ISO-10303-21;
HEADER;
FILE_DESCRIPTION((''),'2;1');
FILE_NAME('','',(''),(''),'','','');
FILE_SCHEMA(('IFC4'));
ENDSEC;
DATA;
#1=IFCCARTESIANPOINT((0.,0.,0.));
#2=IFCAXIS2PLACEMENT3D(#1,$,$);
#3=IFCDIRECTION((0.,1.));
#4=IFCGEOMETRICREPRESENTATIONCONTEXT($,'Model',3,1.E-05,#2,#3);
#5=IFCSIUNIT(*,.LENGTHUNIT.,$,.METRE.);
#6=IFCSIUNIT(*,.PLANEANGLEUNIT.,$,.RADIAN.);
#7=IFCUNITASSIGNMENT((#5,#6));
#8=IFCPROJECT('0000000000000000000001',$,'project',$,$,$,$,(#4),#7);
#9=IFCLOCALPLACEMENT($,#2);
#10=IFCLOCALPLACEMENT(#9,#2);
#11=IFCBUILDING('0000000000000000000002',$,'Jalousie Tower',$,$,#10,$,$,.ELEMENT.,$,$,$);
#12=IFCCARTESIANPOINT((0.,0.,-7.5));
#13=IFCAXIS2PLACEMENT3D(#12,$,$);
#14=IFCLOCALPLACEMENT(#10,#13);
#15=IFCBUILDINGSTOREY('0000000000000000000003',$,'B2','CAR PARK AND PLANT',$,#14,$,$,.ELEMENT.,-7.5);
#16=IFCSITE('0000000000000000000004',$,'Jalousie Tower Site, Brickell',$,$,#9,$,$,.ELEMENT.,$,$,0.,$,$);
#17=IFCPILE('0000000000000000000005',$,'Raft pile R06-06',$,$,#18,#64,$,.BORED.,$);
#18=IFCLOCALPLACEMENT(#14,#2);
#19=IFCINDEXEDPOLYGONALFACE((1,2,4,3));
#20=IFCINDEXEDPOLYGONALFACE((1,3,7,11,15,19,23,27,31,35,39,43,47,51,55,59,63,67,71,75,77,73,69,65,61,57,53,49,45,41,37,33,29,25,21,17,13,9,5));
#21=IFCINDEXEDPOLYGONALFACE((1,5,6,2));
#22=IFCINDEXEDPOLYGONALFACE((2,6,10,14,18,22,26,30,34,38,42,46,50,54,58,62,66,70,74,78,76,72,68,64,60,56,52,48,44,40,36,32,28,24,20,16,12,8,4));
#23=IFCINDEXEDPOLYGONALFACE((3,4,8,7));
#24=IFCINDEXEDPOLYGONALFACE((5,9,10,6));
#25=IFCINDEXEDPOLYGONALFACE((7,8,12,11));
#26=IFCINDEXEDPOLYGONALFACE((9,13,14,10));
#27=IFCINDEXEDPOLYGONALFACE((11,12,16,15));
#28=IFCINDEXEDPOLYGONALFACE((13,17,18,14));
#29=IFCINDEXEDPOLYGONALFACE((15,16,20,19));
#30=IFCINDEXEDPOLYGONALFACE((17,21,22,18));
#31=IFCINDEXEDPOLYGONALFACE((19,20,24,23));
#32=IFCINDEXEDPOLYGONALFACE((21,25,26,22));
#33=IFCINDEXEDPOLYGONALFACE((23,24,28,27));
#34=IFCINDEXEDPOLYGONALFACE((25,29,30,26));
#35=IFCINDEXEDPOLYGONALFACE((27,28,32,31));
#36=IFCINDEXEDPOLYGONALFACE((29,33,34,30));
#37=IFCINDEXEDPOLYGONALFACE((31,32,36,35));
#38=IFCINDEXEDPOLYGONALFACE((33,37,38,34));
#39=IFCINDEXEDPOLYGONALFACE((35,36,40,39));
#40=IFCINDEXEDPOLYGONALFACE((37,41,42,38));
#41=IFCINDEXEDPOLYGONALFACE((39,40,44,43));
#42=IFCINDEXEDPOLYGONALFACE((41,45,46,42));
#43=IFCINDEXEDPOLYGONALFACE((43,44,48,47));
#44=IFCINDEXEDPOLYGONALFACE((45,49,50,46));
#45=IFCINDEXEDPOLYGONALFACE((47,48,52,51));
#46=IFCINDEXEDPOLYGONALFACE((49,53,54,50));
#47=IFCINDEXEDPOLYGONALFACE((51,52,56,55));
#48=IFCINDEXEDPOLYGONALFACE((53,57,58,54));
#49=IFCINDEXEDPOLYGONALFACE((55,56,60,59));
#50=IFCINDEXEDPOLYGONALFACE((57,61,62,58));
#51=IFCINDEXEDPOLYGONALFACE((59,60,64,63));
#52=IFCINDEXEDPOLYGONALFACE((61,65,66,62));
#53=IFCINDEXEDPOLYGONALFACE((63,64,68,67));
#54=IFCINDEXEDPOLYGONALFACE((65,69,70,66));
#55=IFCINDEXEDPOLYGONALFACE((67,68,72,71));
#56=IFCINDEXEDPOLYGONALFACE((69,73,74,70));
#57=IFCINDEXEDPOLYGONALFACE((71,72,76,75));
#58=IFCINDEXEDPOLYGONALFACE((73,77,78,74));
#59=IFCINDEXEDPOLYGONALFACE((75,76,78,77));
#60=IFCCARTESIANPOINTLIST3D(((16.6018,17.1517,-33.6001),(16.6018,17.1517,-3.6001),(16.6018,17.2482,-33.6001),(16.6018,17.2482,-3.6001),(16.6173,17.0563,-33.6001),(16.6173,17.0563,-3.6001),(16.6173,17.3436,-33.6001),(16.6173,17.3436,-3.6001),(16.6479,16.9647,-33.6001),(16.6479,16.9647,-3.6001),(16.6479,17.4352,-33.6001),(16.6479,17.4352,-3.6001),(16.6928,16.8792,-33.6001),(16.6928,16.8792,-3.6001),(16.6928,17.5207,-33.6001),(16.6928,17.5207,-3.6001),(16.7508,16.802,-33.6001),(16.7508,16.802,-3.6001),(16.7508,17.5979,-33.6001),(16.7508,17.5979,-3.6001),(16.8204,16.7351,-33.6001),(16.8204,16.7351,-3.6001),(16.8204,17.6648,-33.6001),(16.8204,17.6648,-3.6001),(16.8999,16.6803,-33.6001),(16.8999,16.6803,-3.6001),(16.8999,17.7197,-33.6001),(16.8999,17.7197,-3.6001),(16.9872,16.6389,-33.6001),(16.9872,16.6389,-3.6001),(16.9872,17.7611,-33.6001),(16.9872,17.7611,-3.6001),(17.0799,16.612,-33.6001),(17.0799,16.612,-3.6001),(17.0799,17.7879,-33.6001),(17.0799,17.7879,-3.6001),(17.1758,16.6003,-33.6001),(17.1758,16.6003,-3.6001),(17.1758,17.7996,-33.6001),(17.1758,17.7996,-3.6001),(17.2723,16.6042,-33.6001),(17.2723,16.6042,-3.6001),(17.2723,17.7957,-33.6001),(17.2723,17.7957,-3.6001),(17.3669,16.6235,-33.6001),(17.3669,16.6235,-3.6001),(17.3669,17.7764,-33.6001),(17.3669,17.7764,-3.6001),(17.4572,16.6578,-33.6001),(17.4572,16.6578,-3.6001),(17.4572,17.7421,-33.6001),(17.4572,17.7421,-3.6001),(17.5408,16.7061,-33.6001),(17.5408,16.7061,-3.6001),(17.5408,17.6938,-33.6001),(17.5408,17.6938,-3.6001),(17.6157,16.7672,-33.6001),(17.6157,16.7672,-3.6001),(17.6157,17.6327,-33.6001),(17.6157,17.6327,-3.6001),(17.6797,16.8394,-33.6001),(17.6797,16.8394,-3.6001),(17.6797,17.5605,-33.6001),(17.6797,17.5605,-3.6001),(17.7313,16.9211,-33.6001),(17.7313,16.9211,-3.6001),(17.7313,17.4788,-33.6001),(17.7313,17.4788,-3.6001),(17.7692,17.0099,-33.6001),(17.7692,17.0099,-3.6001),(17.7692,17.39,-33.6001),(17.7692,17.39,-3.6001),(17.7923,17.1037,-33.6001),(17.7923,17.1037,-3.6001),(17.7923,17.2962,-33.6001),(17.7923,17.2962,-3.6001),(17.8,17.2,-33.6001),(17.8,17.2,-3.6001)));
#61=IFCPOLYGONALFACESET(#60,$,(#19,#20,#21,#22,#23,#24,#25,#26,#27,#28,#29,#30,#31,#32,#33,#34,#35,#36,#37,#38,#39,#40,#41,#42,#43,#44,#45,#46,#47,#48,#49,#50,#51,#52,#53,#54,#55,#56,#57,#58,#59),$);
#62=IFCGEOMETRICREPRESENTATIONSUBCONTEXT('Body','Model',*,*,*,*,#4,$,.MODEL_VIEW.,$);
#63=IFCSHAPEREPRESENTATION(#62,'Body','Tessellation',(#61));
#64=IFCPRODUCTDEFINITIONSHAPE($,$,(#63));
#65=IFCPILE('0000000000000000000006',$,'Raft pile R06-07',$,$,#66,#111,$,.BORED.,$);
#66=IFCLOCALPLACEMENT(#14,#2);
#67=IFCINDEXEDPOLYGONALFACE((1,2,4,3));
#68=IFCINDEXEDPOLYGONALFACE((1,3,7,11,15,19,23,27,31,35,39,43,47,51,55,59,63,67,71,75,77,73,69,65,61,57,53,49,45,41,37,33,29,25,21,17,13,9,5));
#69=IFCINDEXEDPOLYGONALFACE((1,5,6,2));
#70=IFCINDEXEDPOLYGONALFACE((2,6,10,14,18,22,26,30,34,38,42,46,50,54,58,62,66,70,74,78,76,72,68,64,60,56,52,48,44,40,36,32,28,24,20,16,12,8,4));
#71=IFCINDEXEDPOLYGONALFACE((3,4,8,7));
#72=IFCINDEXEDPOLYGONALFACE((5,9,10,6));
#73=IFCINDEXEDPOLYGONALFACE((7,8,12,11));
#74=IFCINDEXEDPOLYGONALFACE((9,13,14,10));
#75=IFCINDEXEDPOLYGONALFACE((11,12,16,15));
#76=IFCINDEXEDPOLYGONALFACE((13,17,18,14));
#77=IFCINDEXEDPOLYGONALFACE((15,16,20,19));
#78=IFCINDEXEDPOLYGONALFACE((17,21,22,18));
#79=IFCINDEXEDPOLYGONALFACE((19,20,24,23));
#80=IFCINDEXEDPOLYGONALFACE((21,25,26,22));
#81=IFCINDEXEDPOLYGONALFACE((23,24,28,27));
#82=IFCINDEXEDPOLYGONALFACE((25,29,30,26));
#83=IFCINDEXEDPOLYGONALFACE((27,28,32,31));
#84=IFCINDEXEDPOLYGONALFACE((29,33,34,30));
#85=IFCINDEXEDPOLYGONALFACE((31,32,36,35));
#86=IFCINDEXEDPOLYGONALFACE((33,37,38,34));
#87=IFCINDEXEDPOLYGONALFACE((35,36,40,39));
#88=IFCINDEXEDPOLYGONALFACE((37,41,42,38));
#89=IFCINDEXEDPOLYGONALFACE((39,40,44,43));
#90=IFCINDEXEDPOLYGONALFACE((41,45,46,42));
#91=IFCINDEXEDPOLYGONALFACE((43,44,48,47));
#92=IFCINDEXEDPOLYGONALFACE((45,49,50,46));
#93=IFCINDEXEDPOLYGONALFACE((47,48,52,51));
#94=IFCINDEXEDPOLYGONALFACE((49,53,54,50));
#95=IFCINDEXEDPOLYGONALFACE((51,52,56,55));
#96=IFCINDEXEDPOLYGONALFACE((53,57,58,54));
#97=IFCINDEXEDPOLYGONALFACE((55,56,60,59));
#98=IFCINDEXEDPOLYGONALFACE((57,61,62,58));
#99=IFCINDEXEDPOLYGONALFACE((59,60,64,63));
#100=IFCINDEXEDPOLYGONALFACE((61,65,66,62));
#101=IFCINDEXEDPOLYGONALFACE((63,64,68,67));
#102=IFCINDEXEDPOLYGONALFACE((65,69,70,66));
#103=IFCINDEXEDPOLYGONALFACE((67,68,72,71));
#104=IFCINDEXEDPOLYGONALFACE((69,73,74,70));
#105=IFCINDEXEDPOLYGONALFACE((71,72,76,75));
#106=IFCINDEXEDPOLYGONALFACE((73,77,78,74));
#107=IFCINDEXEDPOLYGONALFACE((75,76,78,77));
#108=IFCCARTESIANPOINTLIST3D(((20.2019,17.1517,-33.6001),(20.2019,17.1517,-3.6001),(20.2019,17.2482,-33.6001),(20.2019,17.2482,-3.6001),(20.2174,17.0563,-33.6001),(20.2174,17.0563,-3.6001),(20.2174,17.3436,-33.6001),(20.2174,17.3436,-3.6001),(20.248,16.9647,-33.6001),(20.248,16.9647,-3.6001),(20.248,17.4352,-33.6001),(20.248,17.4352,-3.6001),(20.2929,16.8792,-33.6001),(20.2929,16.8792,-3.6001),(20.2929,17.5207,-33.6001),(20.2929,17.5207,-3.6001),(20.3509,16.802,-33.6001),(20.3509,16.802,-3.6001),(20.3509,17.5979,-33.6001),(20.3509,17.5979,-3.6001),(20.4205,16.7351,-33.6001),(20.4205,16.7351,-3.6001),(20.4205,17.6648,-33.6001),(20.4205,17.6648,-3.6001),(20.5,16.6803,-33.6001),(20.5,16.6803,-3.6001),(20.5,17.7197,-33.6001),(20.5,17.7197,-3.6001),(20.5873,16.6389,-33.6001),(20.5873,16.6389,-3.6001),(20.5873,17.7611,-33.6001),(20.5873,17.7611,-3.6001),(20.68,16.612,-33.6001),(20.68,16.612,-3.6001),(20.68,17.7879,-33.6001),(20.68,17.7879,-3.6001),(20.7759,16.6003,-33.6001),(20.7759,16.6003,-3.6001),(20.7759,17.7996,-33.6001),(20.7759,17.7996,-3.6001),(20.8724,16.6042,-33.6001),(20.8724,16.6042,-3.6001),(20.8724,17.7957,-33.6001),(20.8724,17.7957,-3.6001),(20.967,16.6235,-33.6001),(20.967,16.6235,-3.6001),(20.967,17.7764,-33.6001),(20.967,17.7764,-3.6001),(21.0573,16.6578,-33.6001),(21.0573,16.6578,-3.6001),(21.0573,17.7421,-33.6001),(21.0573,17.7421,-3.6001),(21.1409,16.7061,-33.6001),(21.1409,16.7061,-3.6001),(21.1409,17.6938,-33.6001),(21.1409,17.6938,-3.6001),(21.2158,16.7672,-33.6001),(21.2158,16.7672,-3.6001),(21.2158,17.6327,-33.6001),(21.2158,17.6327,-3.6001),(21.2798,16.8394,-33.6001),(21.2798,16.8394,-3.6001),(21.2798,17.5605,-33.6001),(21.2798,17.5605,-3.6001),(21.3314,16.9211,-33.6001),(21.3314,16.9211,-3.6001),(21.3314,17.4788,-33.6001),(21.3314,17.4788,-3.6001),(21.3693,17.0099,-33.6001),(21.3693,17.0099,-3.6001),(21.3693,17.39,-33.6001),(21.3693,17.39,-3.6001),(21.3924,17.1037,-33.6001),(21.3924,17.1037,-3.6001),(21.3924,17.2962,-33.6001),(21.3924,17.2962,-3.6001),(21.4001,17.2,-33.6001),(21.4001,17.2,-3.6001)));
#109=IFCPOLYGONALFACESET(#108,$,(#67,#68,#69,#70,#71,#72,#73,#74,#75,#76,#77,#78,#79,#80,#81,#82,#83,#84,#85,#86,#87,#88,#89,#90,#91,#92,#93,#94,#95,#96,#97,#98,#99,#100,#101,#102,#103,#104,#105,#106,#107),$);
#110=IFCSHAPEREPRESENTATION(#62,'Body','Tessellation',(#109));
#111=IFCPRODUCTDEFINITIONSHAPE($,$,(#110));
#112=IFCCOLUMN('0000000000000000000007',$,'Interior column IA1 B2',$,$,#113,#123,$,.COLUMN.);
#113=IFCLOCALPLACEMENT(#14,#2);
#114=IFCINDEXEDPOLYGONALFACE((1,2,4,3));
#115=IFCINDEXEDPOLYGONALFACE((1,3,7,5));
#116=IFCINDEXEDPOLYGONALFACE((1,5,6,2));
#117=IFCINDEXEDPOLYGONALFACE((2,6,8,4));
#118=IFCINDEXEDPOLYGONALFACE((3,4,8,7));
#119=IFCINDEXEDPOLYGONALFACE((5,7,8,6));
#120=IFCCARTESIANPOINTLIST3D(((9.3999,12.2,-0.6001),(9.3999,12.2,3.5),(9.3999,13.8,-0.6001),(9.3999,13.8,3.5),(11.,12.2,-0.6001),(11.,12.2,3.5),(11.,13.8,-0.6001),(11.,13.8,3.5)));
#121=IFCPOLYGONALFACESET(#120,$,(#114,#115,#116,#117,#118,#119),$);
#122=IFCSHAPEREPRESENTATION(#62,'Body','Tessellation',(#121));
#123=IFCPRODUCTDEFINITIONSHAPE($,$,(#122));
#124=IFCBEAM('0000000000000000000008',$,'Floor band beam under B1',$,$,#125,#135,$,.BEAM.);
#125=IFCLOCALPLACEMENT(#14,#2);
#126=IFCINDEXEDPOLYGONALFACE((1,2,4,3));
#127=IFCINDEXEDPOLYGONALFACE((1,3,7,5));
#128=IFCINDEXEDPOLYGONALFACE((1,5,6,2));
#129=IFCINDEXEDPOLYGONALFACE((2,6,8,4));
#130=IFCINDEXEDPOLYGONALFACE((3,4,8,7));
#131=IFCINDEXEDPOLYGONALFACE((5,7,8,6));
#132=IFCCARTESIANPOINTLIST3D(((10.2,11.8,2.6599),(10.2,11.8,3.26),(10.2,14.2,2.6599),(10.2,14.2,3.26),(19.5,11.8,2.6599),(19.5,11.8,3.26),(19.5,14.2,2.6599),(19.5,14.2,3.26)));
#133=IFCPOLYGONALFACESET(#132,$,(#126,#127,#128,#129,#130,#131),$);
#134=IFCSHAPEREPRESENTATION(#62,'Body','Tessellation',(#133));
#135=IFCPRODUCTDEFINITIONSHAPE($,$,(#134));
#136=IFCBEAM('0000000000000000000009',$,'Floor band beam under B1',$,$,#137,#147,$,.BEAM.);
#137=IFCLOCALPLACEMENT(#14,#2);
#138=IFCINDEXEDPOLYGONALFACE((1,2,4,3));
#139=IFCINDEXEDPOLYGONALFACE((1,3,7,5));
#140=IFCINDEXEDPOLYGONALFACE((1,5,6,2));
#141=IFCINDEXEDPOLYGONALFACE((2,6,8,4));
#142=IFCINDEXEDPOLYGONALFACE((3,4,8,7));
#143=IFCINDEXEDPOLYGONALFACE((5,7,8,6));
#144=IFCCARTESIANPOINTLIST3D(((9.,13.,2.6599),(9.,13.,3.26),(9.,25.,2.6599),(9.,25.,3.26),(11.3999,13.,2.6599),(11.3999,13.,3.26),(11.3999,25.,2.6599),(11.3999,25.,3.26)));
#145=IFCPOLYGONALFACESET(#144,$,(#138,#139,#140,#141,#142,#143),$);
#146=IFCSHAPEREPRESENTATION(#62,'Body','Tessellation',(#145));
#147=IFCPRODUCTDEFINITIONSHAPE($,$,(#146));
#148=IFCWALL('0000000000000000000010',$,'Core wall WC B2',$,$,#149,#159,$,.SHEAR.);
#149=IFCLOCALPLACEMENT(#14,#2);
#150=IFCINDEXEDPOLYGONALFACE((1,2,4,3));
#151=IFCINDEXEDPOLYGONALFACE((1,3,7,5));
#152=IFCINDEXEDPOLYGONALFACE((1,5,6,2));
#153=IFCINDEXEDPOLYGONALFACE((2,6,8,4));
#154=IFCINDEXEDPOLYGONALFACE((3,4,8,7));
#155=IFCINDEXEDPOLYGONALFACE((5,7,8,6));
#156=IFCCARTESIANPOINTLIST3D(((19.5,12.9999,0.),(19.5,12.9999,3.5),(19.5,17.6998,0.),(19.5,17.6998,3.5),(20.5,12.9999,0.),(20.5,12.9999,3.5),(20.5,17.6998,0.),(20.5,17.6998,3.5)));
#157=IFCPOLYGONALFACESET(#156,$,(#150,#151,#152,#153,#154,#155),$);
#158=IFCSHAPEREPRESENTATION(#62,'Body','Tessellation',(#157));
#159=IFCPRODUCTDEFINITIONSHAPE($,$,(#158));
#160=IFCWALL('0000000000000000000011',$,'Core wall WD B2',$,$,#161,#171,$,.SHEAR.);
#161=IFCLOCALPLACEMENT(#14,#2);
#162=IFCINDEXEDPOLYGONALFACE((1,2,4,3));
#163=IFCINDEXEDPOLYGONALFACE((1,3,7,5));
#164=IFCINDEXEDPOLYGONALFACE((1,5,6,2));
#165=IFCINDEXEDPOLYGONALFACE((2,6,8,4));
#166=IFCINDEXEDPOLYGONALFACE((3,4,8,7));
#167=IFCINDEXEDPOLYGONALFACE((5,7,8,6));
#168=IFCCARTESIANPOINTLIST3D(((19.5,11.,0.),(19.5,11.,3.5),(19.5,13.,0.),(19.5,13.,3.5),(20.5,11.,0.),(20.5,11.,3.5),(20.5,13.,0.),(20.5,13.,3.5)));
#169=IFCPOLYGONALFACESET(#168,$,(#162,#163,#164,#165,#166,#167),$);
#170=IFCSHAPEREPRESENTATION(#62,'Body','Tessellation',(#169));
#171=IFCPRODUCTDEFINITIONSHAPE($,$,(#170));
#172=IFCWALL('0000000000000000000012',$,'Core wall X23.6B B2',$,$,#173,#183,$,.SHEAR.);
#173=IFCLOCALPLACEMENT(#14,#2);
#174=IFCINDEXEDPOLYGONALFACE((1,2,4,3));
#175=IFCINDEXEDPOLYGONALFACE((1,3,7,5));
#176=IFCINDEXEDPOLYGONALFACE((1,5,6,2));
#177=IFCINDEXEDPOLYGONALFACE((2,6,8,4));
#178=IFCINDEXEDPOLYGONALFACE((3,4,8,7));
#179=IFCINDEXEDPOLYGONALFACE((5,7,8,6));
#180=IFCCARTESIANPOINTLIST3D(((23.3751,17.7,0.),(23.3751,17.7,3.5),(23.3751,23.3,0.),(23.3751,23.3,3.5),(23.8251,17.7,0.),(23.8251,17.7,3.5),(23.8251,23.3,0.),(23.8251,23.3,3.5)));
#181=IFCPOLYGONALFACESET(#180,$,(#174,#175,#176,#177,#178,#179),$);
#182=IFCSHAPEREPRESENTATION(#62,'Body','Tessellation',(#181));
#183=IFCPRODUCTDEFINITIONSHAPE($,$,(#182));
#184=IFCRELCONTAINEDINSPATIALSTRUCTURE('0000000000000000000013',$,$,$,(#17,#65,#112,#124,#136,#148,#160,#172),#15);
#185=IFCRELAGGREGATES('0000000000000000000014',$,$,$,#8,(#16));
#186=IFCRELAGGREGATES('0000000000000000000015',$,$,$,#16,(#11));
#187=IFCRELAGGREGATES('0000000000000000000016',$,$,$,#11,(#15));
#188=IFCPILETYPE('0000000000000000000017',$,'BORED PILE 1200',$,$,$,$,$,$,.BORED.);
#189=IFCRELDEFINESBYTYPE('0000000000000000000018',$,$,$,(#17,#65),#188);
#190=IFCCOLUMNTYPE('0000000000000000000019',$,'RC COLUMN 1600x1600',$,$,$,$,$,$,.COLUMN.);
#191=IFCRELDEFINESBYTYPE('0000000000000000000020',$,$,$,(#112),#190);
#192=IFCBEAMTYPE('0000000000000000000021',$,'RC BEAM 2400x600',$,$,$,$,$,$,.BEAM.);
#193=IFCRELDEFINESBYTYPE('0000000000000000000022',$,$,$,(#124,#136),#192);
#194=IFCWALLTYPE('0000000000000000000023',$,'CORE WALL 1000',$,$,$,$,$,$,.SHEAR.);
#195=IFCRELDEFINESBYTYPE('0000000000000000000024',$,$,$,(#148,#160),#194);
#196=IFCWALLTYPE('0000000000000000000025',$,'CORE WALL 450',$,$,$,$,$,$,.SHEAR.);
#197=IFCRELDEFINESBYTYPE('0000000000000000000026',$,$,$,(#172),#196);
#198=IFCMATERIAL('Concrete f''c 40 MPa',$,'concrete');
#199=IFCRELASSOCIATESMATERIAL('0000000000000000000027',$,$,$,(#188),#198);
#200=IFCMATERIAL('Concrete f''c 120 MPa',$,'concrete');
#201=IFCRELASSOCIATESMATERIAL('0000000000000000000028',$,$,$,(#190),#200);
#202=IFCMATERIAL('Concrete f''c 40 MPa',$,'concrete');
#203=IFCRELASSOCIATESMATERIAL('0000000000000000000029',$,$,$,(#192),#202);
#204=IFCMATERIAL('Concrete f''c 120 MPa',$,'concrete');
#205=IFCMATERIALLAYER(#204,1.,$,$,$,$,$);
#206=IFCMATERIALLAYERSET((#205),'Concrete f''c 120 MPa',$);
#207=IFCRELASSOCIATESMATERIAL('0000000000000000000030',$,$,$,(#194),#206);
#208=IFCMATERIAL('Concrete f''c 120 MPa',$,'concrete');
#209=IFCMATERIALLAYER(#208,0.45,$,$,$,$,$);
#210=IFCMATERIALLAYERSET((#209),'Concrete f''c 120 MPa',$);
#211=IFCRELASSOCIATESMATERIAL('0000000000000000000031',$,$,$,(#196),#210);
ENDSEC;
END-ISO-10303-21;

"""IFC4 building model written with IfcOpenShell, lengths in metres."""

from ifc_helpers import new_model, si_unit, direction, frame, frame_2d, origin, origin_2d, place, context, subcontext, project, spatial, rectangle, circle, extrude, material, layer, layer_set, material_profile, profile_set, type_object, element, save


model = new_model("IFC4")

# Units and contexts
model_context = context("Model", 3, precision=1e-05, world=origin(), true_north=direction((0.0, 1.0)))
body_context = subcontext(model_context, "Body", "Model", "MODEL_VIEW")
ifc_project = project(units=[si_unit("LENGTHUNIT", "METRE"), si_unit("PLANEANGLEUNIT", "RADIAN")], contexts=[model_context])

# Site, building, storey
site_placement = place(None, origin())
site = spatial("IfcSite", under=ifc_project, at=site_placement, Name="Jalousie Tower Site, Brickell", CompositionType="ELEMENT", RefElevation=0.0)
building_placement = place(site_placement, origin())
building = spatial("IfcBuilding", under=site, at=building_placement, Name="Jalousie Tower", CompositionType="ELEMENT")
storey_placement = place(building_placement, frame((0.0, 0.0, -7.5)))
storey = spatial("IfcBuildingStorey", under=building, at=storey_placement, Name="B2", Description="CAR PARK AND PLANT", CompositionType="ELEMENT", Elevation=-7.5)

# Piles
ifc_material_1 = material(Name="Concrete f'c 40 MPa", Category="concrete")
ifc_material_profile_1 = material_profile(ifc_material_1, circle(Radius=0.6001, at=origin_2d()), Name="BORED PILE D1200")
ifc_profile_set_1 = profile_set([ifc_material_profile_1], Name="Concrete f'c 40 MPa")
pile_type = type_object("IfcPileType", Name="BORED PILE 1200", PredefinedType="BORED", material=ifc_profile_set_1)
for number, where, z_axis, x_axis, name in (
    (1, (17.2, 17.2, -3.6001), (0.0, 0.0, -1.0), (1.0, 0.0, 0.0), "Raft pile R06-06"),
    (2, (20.8, 17.2, -3.6001), (0.0, 0.0, -1.0), (1.0, 0.0, 0.0), "Raft pile R06-07"),
):
    element("IfcPile", number, at=place(storey_placement, frame(where, z_axis=z_axis, x_axis=x_axis)), inside=storey, type_object=pile_type, Name=name, PredefinedType="BORED", context=body_context, shape_type="SweptSolid", body=[
        extrude(circle(Radius=0.6001, at=origin_2d()), origin(), (0.0, 0.0, 1.0), 30.0),
    ])

# Column
ifc_material_2 = material(Name="Concrete f'c 120 MPa", Category="concrete")
ifc_material_profile_2 = material_profile(ifc_material_2, rectangle(XDim=1.6001, YDim=1.6001, at=origin_2d()), Name="RC 1600x1600")
ifc_profile_set_2 = profile_set([ifc_material_profile_2], Name="Concrete f'c 120 MPa")
column_type = type_object("IfcColumnType", Name="RC COLUMN 1600x1600", PredefinedType="COLUMN", material=ifc_profile_set_2)
column_placement = place(storey_placement, frame((10.2, 13.0, -0.6001), z_axis=(0.0, 0.0, 1.0), x_axis=(1.0, 0.0, 0.0)))
element("IfcColumn", 3, at=column_placement, inside=storey, type_object=column_type, Name="Interior column IA1 B2", PredefinedType="COLUMN", context=body_context, shape_type="SweptSolid", body=[
    extrude(rectangle(XDim=1.6001, YDim=1.6001, at=origin_2d()), origin(), (0.0, 0.0, 1.0), 4.1001),
])

# Beams
ifc_material_3 = material(Name="Concrete f'c 40 MPa", Category="concrete")
ifc_material_profile_3 = material_profile(ifc_material_3, rectangle(XDim=2.3999, YDim=0.6001, at=origin_2d()), Name="RC 2400x600")
ifc_profile_set_3 = profile_set([ifc_material_profile_3], Name="Concrete f'c 40 MPa")
beam_type = type_object("IfcBeamType", Name="RC BEAM 2400x600", PredefinedType="BEAM", material=ifc_profile_set_3)
beam_1_placement = place(storey_placement, frame((10.2, 13.0, 2.96), z_axis=(1.0, 0.0, 0.0), x_axis=(0.0, 1.0, 0.0)))
element("IfcBeam", 4, at=beam_1_placement, inside=storey, type_object=beam_type, Name="Floor band beam under B1", PredefinedType="BEAM", context=body_context, shape_type="SweptSolid", body=[
    extrude(rectangle(XDim=2.3999, YDim=0.6001, at=origin_2d()), origin(), (0.0, 0.0, 1.0), 9.3),
])
beam_2_placement = place(storey_placement, frame((10.2, 13.0, 2.96), z_axis=(0.0, 1.0, 0.0), x_axis=(-1.0, 0.0, 0.0)))
element("IfcBeam", 5, at=beam_2_placement, inside=storey, type_object=beam_type, Name="Floor band beam under B1", PredefinedType="BEAM", context=body_context, shape_type="SweptSolid", body=[
    extrude(rectangle(XDim=2.3999, YDim=0.6001, at=origin_2d()), origin(), (0.0, 0.0, 1.0), 12.0),
])

# Walls
ifc_material_4 = material(Name="Concrete f'c 120 MPa", Category="concrete")
ifc_layer_1 = layer(ifc_material_4, 1.0)
ifc_layer_set_1 = layer_set([ifc_layer_1], Name="Concrete f'c 120 MPa")
wall_type_1 = type_object("IfcWallType", Name="CORE WALL 1000", PredefinedType="SHEAR", material=ifc_layer_set_1)
wall_1_placement = place(storey_placement, frame((20.0, 17.7, 0.0), z_axis=(0.0, 0.0, 1.0), x_axis=(0.0, -1.0, 0.0)))
element("IfcWall", 6, at=wall_1_placement, inside=storey, type_object=wall_type_1, Name="Core wall WC B2", PredefinedType="SHEAR", context=body_context, shape_type="SweptSolid", body=[
    extrude(rectangle(XDim=4.7, YDim=1.0, at=frame_2d((2.3501, 0.0))), origin(), (0.0, 0.0, 1.0), 3.5),
])
wall_2_placement = place(storey_placement, frame((20.0, 13.0, 0.0), z_axis=(0.0, 0.0, 1.0), x_axis=(0.0, -1.0, 0.0)))
element("IfcWall", 7, at=wall_2_placement, inside=storey, type_object=wall_type_1, Name="Core wall WD B2", PredefinedType="SHEAR", context=body_context, shape_type="SweptSolid", body=[
    extrude(rectangle(XDim=2.0, YDim=1.0, at=frame_2d((1.0, 0.0))), origin(), (0.0, 0.0, 1.0), 3.5),
])
ifc_material_5 = material(Name="Concrete f'c 120 MPa", Category="concrete")
ifc_layer_2 = layer(ifc_material_5, 0.45)
ifc_layer_set_2 = layer_set([ifc_layer_2], Name="Concrete f'c 120 MPa")
wall_type_2 = type_object("IfcWallType", Name="CORE WALL 450", PredefinedType="SHEAR", material=ifc_layer_set_2)
wall_3_placement = place(storey_placement, frame((23.6001, 17.7, 0.0), z_axis=(0.0, 0.0, 1.0), x_axis=(0.0, 1.0, 0.0)))
element("IfcWall", 8, at=wall_3_placement, inside=storey, type_object=wall_type_2, Name="Core wall X23.6B B2", PredefinedType="SHEAR", context=body_context, shape_type="SweptSolid", body=[
    extrude(rectangle(XDim=5.6001, YDim=0.45, at=frame_2d((2.8, 0.0))), origin(), (0.0, 0.0, 1.0), 3.5),
])

save(model, "model.ifc")
